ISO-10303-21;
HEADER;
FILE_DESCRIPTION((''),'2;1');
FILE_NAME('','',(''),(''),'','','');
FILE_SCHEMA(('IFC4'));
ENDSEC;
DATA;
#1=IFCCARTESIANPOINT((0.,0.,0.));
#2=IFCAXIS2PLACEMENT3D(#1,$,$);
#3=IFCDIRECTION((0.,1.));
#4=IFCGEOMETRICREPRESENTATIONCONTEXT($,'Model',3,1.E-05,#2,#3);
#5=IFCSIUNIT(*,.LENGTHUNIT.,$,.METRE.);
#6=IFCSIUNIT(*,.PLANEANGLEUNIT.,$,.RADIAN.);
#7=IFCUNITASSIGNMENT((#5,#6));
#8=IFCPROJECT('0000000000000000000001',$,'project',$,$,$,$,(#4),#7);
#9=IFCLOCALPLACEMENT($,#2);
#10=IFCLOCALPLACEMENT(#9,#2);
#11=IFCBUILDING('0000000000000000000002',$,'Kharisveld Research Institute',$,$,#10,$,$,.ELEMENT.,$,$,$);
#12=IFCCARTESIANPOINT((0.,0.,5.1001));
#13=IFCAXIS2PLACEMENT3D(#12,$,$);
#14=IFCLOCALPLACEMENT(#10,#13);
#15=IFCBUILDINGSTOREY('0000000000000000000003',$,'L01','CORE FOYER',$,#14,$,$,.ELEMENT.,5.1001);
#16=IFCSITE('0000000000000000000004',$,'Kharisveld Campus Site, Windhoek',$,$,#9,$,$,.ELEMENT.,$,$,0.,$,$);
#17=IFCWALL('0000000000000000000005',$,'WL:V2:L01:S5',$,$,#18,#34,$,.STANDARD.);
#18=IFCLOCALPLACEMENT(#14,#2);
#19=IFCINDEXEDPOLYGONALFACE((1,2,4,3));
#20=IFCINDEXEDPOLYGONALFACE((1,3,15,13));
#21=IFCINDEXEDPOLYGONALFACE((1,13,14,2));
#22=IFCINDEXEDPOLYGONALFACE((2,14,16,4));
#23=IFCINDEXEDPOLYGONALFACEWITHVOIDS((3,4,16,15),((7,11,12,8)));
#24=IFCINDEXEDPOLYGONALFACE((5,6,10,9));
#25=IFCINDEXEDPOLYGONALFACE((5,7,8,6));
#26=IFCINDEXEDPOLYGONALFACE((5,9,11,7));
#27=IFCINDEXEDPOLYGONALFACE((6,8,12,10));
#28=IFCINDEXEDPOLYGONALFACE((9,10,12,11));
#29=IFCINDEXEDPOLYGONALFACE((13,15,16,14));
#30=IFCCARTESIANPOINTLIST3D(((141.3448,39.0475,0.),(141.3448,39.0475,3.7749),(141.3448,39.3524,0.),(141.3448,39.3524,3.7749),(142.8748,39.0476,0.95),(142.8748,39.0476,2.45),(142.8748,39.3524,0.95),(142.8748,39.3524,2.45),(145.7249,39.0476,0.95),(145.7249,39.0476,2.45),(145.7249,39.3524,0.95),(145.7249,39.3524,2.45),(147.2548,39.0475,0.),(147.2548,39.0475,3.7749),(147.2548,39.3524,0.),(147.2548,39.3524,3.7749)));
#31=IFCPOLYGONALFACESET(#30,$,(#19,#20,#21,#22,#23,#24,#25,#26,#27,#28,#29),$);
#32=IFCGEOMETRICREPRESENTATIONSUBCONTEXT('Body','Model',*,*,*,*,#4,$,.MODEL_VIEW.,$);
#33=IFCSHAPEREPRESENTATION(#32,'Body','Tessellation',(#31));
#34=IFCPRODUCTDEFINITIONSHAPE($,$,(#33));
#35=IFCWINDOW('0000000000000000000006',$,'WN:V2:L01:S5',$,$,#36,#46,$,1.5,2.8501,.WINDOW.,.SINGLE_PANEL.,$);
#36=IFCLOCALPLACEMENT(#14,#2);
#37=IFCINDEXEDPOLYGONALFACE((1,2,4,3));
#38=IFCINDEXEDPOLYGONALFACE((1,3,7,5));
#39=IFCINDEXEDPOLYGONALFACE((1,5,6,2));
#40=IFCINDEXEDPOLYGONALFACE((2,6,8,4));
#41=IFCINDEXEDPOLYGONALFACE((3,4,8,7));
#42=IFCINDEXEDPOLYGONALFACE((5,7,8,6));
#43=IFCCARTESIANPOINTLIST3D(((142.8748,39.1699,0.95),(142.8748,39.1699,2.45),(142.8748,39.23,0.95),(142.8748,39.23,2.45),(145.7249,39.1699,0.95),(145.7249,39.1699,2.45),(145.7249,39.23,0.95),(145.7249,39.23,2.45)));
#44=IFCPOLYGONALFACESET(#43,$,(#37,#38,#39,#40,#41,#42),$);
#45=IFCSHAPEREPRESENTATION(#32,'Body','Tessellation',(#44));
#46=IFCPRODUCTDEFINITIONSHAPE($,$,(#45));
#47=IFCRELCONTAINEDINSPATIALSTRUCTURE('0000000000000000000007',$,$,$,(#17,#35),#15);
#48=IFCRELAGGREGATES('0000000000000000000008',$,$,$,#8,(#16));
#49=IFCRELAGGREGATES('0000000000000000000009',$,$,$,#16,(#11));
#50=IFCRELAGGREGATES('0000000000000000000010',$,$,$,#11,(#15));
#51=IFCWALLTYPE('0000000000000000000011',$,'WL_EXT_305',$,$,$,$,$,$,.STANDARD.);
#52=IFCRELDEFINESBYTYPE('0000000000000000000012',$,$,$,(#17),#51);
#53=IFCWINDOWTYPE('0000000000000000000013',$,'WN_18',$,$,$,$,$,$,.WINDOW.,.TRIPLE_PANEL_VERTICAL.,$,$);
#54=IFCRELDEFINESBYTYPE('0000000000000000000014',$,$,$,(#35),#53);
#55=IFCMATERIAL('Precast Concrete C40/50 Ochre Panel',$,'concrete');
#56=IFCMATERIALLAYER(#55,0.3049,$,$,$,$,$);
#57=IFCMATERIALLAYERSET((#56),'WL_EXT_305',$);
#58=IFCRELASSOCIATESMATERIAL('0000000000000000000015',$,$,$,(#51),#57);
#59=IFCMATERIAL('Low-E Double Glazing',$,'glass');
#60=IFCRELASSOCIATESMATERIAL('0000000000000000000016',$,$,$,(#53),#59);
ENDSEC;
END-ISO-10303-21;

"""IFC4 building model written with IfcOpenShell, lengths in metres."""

from ifc_helpers import new_model, si_unit, direction, frame, frame_2d, origin, place, context, subcontext, project, spatial, rectangle, extrude, material, layer, layer_set, type_object, element, fill, save


model = new_model("IFC4")

# Units and contexts
model_context = context("Model", 3, precision=1e-05, world=origin(), true_north=direction((0.0, 1.0)))
body_context = subcontext(model_context, "Body", "Model", "MODEL_VIEW")
ifc_project = project(units=[si_unit("LENGTHUNIT", "METRE"), si_unit("PLANEANGLEUNIT", "RADIAN")], contexts=[model_context])

# Site, building, storey
site_placement = place(None, origin())
site = spatial("IfcSite", under=ifc_project, at=site_placement, Name="Kharisveld Campus Site, Windhoek", CompositionType="ELEMENT", RefElevation=0.0)
building_placement = place(site_placement, origin())
building = spatial("IfcBuilding", under=site, at=building_placement, Name="Kharisveld Research Institute", CompositionType="ELEMENT")
storey_placement = place(building_placement, frame((0.0, 0.0, 5.1001)))
storey = spatial("IfcBuildingStorey", under=building, at=storey_placement, Name="L01", Description="CORE FOYER", CompositionType="ELEMENT", Elevation=5.1001)

# Shared definitions
ifc_material_1 = material(Name="Precast Concrete C40/50 Ochre Panel", Category="concrete")
ifc_layer_1 = layer(ifc_material_1, 0.3049)
ifc_layer_set_1 = layer_set([ifc_layer_1], Name="WL_EXT_305")
wall_type = type_object("IfcWallType", Name="WL_EXT_305", PredefinedType="STANDARD", material=ifc_layer_set_1)

# Wall, opening, window
wall_1_placement = place(storey_placement, frame((147.2549, 39.2, 0.0), z_axis=(0.0, 0.0, 1.0), x_axis=(-1.0, 0.0, 0.0)))
wall_1 = element("IfcWall", 1, at=wall_1_placement, inside=storey, type_object=wall_type, Name="WL:V2:L01:S5", PredefinedType="STANDARD", context=body_context, shape_type="SweptSolid", body=[
    extrude(rectangle(XDim=5.9099, YDim=0.3049, at=frame_2d((2.9551, 0.0))), origin(), (0.0, 0.0, 1.0), 3.7749),
])
opening_1_placement = place(wall_1_placement, frame((1.53, 0.0, 0.95)))
opening_1 = element("IfcOpeningElement", 2, at=opening_1_placement, cuts=wall_1, PredefinedType="OPENING", context=body_context, shape_type="SweptSolid", body=[
    extrude(rectangle(XDim=2.8501, YDim=1.5, at=frame_2d((1.425, 0.75))), frame((0.0, 0.1523, 0.0), z_axis=(0.0, -1.0, 0.0), x_axis=(1.0, 0.0, 0.0)), (0.0, 0.0, 1.0), 0.3049),
])
ifc_material_2 = material(Name="Low-E Double Glazing", Category="glass")
window_type_1 = type_object("IfcWindowType", Name="WN_18", PartitioningType="TRIPLE_PANEL_VERTICAL", PredefinedType="WINDOW", material=ifc_material_2)
window_1_placement = place(opening_1_placement, origin())
window_1 = element("IfcWindow", 3, at=window_1_placement, inside=storey, type_object=window_type_1, Name="WN:V2:L01:S5", OverallHeight=1.5, OverallWidth=2.8501, PartitioningType="SINGLE_PANEL", PredefinedType="WINDOW", context=body_context, shape_type="SweptSolid", body=[
    extrude(rectangle(XDim=2.8501, YDim=1.5, at=frame_2d((1.425, 0.75))), frame((0.0, 0.03, 0.0), z_axis=(0.0, -1.0, 0.0), x_axis=(1.0, 0.0, 0.0)), (0.0, 0.0, 1.0), 0.0601),
])
fill(opening_1, window_1)

save(model, "model.ifc")
